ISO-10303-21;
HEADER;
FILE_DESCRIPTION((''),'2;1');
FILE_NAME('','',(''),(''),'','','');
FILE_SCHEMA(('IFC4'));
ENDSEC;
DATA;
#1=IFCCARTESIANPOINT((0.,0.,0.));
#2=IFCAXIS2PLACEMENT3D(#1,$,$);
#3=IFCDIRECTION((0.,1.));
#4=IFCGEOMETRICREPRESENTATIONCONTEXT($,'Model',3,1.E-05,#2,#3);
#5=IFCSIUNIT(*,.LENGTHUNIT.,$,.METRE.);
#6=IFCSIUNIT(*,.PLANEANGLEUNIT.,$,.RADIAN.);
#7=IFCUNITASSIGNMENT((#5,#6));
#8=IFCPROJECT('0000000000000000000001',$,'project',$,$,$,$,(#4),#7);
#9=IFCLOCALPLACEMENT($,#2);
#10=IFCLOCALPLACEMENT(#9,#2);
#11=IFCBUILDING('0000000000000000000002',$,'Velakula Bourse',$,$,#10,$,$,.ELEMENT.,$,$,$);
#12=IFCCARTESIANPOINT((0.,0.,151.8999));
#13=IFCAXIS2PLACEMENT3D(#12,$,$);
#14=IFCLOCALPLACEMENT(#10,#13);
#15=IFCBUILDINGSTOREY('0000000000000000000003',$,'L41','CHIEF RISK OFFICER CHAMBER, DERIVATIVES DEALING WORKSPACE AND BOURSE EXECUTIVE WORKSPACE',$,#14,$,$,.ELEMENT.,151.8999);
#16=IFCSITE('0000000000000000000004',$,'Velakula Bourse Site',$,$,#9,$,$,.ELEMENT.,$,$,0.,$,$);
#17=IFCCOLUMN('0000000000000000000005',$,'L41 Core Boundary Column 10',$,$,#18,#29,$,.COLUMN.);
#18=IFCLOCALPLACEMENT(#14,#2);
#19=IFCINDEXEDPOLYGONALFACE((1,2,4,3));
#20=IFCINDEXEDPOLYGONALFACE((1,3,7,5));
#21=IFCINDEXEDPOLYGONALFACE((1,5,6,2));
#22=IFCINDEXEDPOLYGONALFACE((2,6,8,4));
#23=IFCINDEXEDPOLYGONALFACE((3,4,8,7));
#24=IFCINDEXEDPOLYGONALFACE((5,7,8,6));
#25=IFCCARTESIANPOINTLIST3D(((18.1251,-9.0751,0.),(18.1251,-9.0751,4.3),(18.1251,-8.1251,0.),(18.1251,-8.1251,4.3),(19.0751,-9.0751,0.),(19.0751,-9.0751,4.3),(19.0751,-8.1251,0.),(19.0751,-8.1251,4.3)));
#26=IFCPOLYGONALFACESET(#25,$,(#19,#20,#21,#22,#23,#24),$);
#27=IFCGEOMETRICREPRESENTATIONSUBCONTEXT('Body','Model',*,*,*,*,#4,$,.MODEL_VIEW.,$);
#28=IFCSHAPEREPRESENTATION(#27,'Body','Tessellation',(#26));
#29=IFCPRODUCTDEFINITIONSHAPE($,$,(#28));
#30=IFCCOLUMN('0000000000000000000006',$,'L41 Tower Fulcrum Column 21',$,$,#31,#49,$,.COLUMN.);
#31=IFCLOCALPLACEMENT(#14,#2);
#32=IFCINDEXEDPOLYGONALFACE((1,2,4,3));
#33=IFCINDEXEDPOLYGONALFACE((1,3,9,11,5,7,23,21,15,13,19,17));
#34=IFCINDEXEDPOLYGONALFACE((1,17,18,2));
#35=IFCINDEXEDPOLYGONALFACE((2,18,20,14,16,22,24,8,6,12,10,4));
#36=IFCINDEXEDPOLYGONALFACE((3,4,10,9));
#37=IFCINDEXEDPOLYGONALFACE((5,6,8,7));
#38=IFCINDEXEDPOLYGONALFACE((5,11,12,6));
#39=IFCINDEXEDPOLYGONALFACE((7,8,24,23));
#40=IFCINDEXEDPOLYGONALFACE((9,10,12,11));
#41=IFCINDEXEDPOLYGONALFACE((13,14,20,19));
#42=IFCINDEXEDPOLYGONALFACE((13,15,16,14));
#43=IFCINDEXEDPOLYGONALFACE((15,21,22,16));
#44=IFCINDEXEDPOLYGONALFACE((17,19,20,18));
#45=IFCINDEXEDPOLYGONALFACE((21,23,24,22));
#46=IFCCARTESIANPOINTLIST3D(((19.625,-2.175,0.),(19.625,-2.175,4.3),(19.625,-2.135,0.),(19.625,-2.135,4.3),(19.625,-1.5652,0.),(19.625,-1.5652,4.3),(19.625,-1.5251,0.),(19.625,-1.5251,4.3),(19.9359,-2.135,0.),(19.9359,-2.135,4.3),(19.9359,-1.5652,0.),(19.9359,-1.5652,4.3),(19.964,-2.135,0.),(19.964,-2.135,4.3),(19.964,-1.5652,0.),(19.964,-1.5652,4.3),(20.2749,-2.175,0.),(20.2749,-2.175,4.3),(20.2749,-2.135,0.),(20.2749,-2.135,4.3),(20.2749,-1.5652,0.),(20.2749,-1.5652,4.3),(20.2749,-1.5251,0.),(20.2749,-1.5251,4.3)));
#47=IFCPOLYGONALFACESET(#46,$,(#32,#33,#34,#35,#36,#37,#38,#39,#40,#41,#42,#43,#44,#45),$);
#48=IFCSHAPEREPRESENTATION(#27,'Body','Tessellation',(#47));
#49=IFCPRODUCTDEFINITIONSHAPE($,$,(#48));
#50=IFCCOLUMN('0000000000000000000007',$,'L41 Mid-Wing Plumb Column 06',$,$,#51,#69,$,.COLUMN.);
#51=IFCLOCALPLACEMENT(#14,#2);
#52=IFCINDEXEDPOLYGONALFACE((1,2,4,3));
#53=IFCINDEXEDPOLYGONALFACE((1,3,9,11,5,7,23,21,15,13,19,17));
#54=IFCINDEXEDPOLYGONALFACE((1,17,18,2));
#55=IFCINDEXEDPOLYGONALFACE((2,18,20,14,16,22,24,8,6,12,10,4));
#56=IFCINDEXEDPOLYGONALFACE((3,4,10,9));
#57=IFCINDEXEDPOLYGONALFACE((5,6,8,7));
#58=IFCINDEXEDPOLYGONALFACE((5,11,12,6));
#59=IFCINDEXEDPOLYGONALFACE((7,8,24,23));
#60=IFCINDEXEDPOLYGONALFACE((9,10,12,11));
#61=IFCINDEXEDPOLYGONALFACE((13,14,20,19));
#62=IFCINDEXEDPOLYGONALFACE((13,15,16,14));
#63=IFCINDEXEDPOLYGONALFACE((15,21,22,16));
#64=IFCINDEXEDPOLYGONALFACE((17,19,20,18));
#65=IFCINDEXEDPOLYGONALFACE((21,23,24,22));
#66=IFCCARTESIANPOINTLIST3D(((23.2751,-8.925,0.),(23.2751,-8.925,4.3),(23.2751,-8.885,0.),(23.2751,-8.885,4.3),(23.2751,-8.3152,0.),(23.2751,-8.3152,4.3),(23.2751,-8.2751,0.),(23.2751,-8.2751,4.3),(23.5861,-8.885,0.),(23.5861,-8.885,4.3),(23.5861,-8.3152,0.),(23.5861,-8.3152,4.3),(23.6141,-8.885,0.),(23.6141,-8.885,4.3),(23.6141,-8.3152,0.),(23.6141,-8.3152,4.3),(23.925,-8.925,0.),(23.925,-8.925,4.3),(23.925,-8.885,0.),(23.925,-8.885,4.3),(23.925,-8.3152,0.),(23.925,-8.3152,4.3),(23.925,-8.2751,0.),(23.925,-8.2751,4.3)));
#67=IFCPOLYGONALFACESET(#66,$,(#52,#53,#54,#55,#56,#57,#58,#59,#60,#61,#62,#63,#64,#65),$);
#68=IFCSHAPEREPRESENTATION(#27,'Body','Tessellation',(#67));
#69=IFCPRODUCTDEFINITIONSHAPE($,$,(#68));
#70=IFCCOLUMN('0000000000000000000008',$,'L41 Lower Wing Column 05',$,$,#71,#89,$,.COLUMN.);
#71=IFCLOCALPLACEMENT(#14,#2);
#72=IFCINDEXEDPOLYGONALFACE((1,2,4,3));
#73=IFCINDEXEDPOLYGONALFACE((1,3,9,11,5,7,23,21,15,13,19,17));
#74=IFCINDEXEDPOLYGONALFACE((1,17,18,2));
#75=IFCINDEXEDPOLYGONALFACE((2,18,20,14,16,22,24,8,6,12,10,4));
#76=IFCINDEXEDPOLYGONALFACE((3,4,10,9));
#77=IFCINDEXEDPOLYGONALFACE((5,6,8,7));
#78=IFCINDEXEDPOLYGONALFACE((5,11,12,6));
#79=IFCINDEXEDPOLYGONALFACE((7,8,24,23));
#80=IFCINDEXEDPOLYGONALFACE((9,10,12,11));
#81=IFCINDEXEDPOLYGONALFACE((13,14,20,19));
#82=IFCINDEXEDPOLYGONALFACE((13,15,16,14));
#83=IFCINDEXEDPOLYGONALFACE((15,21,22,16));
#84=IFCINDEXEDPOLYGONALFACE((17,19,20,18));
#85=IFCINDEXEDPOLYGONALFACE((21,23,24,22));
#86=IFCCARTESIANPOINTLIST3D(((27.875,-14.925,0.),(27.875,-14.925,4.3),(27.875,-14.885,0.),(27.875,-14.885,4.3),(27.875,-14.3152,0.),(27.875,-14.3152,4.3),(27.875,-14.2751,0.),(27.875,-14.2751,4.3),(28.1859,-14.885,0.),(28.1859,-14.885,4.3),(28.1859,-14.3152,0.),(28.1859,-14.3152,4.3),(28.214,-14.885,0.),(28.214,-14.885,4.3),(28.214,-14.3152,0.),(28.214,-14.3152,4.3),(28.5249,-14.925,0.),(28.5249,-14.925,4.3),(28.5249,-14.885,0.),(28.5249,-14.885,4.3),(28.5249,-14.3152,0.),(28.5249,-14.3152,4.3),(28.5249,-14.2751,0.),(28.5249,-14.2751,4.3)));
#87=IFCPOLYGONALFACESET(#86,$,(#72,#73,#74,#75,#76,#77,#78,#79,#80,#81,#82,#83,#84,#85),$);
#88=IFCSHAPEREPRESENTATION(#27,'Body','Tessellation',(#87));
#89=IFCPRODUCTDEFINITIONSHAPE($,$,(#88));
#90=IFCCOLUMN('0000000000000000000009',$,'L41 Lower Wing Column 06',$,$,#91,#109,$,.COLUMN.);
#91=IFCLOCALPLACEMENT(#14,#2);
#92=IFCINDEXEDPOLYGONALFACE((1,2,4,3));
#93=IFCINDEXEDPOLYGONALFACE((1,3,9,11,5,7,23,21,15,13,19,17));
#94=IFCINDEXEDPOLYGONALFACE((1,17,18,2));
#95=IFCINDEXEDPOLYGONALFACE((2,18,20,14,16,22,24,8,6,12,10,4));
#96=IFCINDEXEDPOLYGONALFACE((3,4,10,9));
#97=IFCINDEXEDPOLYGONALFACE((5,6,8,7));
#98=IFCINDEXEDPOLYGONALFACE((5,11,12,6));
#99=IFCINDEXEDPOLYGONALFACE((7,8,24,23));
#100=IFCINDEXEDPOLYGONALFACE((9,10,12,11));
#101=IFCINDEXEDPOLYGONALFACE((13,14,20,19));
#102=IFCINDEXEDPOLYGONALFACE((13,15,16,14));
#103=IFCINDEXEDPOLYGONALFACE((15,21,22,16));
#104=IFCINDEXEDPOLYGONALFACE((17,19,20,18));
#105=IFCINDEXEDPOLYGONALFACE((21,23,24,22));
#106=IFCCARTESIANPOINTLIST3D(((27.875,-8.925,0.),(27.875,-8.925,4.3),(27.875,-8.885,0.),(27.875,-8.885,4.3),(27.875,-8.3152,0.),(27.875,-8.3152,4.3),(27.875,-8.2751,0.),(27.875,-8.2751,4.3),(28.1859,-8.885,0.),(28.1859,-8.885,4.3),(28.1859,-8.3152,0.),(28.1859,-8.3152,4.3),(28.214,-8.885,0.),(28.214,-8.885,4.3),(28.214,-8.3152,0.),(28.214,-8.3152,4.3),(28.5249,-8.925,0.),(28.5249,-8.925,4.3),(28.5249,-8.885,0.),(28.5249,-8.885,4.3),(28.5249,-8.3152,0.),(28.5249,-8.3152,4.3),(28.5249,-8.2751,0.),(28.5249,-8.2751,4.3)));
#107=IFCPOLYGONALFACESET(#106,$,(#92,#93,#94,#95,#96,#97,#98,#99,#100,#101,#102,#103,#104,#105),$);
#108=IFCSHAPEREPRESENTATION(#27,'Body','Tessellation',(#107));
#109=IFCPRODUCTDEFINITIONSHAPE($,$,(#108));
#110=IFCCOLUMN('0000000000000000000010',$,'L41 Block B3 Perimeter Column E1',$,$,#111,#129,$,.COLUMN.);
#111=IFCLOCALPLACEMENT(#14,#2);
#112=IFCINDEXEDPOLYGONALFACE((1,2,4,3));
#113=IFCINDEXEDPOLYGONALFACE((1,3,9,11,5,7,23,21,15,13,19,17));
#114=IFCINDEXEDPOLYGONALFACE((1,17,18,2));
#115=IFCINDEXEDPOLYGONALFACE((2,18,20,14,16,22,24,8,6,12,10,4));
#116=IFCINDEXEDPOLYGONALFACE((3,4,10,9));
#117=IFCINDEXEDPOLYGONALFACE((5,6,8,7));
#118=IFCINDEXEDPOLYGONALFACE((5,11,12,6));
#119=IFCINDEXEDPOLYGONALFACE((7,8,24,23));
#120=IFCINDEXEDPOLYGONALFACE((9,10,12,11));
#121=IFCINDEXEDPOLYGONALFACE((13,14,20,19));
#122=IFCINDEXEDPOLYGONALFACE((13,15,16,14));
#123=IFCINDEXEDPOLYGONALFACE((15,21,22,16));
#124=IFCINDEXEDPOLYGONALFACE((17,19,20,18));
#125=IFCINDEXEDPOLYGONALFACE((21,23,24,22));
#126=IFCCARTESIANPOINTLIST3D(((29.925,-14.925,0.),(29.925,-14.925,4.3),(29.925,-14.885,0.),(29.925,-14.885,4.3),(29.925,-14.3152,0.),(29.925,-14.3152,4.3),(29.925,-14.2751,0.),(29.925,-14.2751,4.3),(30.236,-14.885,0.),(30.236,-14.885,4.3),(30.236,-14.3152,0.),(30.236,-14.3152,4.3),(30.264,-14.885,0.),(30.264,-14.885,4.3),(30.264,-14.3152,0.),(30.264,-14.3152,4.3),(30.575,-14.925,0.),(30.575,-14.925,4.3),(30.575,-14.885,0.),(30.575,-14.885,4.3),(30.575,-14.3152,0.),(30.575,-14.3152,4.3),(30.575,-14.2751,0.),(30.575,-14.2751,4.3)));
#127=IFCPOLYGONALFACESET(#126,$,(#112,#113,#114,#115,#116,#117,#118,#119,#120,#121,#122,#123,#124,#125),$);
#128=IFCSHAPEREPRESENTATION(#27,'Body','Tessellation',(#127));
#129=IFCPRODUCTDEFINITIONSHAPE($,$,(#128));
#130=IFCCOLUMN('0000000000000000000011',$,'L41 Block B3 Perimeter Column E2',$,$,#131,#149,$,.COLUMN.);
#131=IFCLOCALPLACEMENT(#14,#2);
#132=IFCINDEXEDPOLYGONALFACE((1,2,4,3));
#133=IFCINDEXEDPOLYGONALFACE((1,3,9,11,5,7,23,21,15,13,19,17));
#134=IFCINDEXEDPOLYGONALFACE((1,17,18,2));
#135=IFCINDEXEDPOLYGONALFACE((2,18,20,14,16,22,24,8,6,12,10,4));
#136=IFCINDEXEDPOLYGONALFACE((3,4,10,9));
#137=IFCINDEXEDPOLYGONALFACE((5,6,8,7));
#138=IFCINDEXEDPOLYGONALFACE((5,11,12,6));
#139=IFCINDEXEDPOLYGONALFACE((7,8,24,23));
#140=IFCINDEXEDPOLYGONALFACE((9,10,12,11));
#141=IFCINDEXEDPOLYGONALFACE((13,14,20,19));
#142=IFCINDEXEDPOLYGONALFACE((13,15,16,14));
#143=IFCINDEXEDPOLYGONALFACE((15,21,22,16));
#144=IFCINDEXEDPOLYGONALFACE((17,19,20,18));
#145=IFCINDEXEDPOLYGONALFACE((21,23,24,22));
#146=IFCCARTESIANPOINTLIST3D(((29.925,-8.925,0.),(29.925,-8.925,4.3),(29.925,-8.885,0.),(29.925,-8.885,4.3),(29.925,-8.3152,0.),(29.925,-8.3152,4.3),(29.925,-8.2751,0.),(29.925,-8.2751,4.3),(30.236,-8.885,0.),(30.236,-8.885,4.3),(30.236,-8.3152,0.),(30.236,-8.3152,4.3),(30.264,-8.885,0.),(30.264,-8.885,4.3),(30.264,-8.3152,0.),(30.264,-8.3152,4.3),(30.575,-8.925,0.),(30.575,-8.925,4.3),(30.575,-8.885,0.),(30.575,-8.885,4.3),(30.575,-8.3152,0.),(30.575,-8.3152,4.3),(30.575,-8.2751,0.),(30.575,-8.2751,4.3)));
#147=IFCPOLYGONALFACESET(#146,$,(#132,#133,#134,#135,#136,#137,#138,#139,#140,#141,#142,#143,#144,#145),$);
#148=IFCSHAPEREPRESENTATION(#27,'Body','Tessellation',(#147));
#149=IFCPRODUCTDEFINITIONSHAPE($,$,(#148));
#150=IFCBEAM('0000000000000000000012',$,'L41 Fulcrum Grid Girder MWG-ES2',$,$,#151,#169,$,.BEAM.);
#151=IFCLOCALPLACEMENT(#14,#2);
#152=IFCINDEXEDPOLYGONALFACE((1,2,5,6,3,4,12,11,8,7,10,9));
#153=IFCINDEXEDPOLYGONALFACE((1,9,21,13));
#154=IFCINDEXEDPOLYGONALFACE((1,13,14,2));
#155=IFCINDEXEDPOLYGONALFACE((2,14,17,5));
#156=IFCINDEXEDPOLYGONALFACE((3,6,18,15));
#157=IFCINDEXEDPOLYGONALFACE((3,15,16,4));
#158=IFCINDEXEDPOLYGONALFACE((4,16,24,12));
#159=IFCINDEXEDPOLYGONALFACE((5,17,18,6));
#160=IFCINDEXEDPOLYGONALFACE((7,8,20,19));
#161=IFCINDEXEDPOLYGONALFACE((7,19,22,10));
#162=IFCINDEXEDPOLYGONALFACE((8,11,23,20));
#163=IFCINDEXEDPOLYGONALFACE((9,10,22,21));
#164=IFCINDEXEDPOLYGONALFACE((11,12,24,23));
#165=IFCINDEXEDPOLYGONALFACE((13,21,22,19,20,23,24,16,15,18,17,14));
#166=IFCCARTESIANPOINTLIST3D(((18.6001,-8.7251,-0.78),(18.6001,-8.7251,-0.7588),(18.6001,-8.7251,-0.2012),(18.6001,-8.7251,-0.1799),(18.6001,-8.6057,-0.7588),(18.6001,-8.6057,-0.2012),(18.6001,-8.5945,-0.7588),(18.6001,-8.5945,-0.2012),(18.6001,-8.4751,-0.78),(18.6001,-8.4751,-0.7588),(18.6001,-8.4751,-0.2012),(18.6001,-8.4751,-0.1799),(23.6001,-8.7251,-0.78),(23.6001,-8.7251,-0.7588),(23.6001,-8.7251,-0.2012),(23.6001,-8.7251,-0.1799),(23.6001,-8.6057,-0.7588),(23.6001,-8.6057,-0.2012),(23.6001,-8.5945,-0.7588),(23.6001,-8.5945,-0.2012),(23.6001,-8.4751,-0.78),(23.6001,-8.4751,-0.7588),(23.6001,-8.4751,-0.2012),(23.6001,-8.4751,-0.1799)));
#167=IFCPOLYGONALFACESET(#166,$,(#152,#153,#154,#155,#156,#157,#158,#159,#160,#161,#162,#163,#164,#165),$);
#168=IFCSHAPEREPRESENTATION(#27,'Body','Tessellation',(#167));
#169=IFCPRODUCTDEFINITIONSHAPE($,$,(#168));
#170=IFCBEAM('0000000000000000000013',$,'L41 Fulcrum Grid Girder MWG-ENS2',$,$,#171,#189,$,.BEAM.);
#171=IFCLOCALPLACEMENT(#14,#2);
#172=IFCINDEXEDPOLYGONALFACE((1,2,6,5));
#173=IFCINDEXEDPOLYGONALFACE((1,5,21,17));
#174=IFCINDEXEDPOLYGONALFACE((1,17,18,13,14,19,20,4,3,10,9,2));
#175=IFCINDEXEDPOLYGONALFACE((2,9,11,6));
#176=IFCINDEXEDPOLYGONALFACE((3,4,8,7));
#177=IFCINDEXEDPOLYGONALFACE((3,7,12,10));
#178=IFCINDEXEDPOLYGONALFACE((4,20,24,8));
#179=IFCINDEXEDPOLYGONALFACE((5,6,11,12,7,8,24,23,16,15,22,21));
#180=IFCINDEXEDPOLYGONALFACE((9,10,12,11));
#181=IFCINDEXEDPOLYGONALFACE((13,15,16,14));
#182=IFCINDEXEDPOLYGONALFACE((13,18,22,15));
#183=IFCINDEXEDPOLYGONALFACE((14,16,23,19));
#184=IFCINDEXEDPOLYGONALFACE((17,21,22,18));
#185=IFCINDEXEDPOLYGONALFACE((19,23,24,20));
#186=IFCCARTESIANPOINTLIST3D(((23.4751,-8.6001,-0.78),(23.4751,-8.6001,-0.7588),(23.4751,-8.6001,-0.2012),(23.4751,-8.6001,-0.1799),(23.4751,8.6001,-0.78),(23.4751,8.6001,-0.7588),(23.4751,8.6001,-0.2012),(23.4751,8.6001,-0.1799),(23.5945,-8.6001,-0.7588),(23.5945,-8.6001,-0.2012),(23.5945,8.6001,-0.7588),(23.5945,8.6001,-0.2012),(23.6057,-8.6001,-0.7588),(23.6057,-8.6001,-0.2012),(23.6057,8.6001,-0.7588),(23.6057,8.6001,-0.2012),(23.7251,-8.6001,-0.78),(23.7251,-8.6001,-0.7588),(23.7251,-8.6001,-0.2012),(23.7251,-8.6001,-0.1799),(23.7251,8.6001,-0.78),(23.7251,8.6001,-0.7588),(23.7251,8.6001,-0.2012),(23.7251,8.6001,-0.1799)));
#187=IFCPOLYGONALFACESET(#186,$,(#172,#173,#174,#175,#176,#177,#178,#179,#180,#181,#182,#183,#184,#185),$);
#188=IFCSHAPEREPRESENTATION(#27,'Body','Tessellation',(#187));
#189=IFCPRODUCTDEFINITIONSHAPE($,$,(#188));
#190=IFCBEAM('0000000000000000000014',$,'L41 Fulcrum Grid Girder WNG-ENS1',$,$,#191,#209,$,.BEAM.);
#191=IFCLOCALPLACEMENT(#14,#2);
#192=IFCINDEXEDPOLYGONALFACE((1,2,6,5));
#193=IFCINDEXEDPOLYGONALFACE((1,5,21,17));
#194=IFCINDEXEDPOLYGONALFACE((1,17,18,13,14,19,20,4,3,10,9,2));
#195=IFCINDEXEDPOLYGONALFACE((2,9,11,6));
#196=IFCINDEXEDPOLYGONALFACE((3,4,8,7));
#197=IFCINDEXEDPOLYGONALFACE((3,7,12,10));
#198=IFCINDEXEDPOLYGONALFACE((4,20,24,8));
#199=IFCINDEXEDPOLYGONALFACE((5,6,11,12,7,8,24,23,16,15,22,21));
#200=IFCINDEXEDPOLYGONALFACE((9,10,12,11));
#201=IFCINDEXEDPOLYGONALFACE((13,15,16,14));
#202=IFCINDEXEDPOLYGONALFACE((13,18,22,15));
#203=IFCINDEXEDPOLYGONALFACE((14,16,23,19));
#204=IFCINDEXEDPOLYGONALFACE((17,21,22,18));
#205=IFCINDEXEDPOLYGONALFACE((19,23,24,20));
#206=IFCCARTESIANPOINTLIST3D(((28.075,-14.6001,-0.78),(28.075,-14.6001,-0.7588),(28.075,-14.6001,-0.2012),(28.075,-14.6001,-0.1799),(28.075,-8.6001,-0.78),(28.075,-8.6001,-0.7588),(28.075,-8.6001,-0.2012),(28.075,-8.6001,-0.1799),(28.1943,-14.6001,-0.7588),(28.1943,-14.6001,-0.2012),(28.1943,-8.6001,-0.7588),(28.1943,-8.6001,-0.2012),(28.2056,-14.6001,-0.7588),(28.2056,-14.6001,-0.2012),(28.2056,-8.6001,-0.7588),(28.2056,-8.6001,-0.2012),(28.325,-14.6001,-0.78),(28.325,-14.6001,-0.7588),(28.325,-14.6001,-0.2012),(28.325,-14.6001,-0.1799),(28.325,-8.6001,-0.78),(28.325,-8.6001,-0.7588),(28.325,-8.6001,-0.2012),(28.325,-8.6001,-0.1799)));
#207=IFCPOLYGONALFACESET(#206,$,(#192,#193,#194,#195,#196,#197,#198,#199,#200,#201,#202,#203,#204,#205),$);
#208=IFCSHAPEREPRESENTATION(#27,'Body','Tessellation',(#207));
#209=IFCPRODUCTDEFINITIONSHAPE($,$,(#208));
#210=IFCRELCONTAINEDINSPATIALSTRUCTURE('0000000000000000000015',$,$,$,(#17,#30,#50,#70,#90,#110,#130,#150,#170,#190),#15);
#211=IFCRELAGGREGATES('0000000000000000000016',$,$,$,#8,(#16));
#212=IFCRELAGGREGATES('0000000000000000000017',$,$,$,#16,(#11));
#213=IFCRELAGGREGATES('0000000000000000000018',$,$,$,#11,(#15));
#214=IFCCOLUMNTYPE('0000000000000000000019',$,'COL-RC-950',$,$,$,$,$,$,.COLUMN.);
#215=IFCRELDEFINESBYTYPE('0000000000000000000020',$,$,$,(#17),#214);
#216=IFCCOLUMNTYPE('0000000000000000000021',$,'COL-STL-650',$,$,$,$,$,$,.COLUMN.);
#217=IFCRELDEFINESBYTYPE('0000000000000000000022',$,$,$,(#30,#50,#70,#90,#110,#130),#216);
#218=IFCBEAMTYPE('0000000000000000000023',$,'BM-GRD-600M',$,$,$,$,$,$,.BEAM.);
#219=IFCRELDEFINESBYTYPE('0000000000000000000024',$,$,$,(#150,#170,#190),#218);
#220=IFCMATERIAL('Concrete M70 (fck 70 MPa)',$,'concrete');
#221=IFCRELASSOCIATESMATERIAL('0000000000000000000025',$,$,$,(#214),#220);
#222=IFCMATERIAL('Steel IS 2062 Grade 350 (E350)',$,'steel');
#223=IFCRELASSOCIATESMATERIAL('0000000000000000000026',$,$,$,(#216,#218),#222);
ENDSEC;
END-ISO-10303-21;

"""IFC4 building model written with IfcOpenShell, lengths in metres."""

from ifc_helpers import new_model, si_unit, direction, frame, origin, origin_2d, place, context, subcontext, project, spatial, rectangle, i_section, extrude, material, material_profile, profile_set, type_object, element, save


model = new_model("IFC4")

# Units and contexts
model_context = context("Model", 3, precision=1e-05, world=origin(), true_north=direction((0.0, 1.0)))
body_context = subcontext(model_context, "Body", "Model", "MODEL_VIEW")
ifc_project = project(units=[si_unit("LENGTHUNIT", "METRE"), si_unit("PLANEANGLEUNIT", "RADIAN")], contexts=[model_context])

# Site, building, storey
site_placement = place(None, origin())
site = spatial("IfcSite", under=ifc_project, at=site_placement, Name="Velakula Bourse Site", CompositionType="ELEMENT", RefElevation=0.0)
building_placement = place(site_placement, origin())
building = spatial("IfcBuilding", under=site, at=building_placement, Name="Velakula Bourse", CompositionType="ELEMENT")
storey_placement = place(building_placement, frame((0.0, 0.0, 151.8999)))
storey = spatial("IfcBuildingStorey", under=building, at=storey_placement, Name="L41", Description="CHIEF RISK OFFICER CHAMBER, DERIVATIVES DEALING WORKSPACE AND BOURSE EXECUTIVE WORKSPACE", CompositionType="ELEMENT", Elevation=151.8999)

# Columns
ifc_material_1 = material(Name="Concrete M70 (fck 70 MPa)", Category="concrete")
ifc_material_profile_1 = material_profile(ifc_material_1, rectangle(XDim=0.95, YDim=0.95, at=origin_2d()), Name="Concrete M70 (fck 70 MPa)")
ifc_profile_set_1 = profile_set([ifc_material_profile_1], Name="Concrete M70 (fck 70 MPa)")
column_type_1 = type_object("IfcColumnType", Name="COL-RC-950", PredefinedType="COLUMN", material=ifc_profile_set_1)
column_placement = place(storey_placement, frame((18.6001, -8.6001, 0.0), z_axis=(0.0, 0.0, 1.0), x_axis=(1.0, 0.0, 0.0)))
element("IfcColumn", 1, at=column_placement, inside=storey, type_object=column_type_1, Name="L41 Core Boundary Column 10", PredefinedType="COLUMN", context=body_context, shape_type="SweptSolid", body=[
    extrude(rectangle(XDim=0.95, YDim=0.95, at=origin_2d()), origin(), (0.0, 0.0, 1.0), 4.3),
])
ifc_material_2 = material(Name="Steel IS 2062 Grade 350 (E350)", Category="steel")
ifc_material_profile_2 = material_profile(ifc_material_2, i_section(OverallWidth=0.6499, OverallDepth=0.6499, WebThickness=0.0281, FlangeThickness=0.04, at=origin_2d()), Name="Steel IS 2062 Grade 350 (E350)")
ifc_profile_set_2 = profile_set([ifc_material_profile_2], Name="Steel IS 2062 Grade 350 (E350)")
column_type_2 = type_object("IfcColumnType", Name="COL-STL-650", PredefinedType="COLUMN", material=ifc_profile_set_2)
for number, where, z_axis, x_axis, name in (
    (2, (19.95, -1.8501, 0.0), (0.0, 0.0, 1.0), (1.0, 0.0, 0.0), "L41 Tower Fulcrum Column 21"),
    (3, (23.6001, -8.6001, 0.0), (0.0, 0.0, 1.0), (1.0, 0.0, 0.0), "L41 Mid-Wing Plumb Column 06"),
    (4, (28.2, -14.6001, 0.0), (0.0, 0.0, 1.0), (1.0, 0.0, 0.0), "L41 Lower Wing Column 05"),
    (5, (28.2, -8.6001, 0.0), (0.0, 0.0, 1.0), (1.0, 0.0, 0.0), "L41 Lower Wing Column 06"),
    (6, (30.25, -14.6001, 0.0), (0.0, 0.0, 1.0), (1.0, 0.0, 0.0), "L41 Block B3 Perimeter Column E1"),
    (7, (30.25, -8.6001, 0.0), (0.0, 0.0, 1.0), (1.0, 0.0, 0.0), "L41 Block B3 Perimeter Column E2"),
):
    element("IfcColumn", number, at=place(storey_placement, frame(where, z_axis=z_axis, x_axis=x_axis)), inside=storey, type_object=column_type_2, Name=name, PredefinedType="COLUMN", context=body_context, shape_type="SweptSolid", body=[
        extrude(i_section(OverallWidth=0.6499, OverallDepth=0.6499, WebThickness=0.0281, FlangeThickness=0.04, at=origin_2d()), origin(), (0.0, 0.0, 1.0), 4.3),
    ])

# Beams
ifc_material_profile_3 = material_profile(ifc_material_2, i_section(OverallWidth=0.25, OverallDepth=0.6001, WebThickness=0.0112, FlangeThickness=0.0212, at=origin_2d()), Name="Steel IS 2062 Grade 350 (E350)")
ifc_profile_set_3 = profile_set([ifc_material_profile_3], Name="Steel IS 2062 Grade 350 (E350)")
beam_type_1 = type_object("IfcBeamType", Name="BM-GRD-600M", PredefinedType="BEAM", material=ifc_profile_set_3)
beam_1_placement = place(storey_placement, frame((18.6001, -8.6001, -0.48), z_axis=(1.0, 0.0, 0.0), x_axis=(0.0, 1.0, 0.0)))
element("IfcBeam", 8, at=beam_1_placement, inside=storey, type_object=beam_type_1, Name="L41 Fulcrum Grid Girder MWG-ES2", PredefinedType="BEAM", context=body_context, shape_type="SweptSolid", body=[
    extrude(i_section(OverallWidth=0.25, OverallDepth=0.6001, WebThickness=0.0112, FlangeThickness=0.0212, at=origin_2d()), origin(), (0.0, 0.0, 1.0), 5.0),
])
beam_2_placement = place(storey_placement, frame((23.6001, -8.6001, -0.48), z_axis=(0.0, 1.0, 0.0), x_axis=(-1.0, 0.0, 0.0)))
element("IfcBeam", 9, at=beam_2_placement, inside=storey, type_object=beam_type_1, Name="L41 Fulcrum Grid Girder MWG-ENS2", PredefinedType="BEAM", context=body_context, shape_type="SweptSolid", body=[
    extrude(i_section(OverallWidth=0.25, OverallDepth=0.6001, WebThickness=0.0112, FlangeThickness=0.0212, at=origin_2d()), origin(), (0.0, 0.0, 1.0), 17.2002),
])
beam_3_placement = place(storey_placement, frame((28.2, -14.6001, -0.48), z_axis=(0.0, 1.0, 0.0), x_axis=(-1.0, 0.0, 0.0)))
element("IfcBeam", 10, at=beam_3_placement, inside=storey, type_object=beam_type_1, Name="L41 Fulcrum Grid Girder WNG-ENS1", PredefinedType="BEAM", context=body_context, shape_type="SweptSolid", body=[
    extrude(i_section(OverallWidth=0.25, OverallDepth=0.6001, WebThickness=0.0112, FlangeThickness=0.0212, at=origin_2d()), origin(), (0.0, 0.0, 1.0), 6.0),
])

save(model, "model.ifc")
